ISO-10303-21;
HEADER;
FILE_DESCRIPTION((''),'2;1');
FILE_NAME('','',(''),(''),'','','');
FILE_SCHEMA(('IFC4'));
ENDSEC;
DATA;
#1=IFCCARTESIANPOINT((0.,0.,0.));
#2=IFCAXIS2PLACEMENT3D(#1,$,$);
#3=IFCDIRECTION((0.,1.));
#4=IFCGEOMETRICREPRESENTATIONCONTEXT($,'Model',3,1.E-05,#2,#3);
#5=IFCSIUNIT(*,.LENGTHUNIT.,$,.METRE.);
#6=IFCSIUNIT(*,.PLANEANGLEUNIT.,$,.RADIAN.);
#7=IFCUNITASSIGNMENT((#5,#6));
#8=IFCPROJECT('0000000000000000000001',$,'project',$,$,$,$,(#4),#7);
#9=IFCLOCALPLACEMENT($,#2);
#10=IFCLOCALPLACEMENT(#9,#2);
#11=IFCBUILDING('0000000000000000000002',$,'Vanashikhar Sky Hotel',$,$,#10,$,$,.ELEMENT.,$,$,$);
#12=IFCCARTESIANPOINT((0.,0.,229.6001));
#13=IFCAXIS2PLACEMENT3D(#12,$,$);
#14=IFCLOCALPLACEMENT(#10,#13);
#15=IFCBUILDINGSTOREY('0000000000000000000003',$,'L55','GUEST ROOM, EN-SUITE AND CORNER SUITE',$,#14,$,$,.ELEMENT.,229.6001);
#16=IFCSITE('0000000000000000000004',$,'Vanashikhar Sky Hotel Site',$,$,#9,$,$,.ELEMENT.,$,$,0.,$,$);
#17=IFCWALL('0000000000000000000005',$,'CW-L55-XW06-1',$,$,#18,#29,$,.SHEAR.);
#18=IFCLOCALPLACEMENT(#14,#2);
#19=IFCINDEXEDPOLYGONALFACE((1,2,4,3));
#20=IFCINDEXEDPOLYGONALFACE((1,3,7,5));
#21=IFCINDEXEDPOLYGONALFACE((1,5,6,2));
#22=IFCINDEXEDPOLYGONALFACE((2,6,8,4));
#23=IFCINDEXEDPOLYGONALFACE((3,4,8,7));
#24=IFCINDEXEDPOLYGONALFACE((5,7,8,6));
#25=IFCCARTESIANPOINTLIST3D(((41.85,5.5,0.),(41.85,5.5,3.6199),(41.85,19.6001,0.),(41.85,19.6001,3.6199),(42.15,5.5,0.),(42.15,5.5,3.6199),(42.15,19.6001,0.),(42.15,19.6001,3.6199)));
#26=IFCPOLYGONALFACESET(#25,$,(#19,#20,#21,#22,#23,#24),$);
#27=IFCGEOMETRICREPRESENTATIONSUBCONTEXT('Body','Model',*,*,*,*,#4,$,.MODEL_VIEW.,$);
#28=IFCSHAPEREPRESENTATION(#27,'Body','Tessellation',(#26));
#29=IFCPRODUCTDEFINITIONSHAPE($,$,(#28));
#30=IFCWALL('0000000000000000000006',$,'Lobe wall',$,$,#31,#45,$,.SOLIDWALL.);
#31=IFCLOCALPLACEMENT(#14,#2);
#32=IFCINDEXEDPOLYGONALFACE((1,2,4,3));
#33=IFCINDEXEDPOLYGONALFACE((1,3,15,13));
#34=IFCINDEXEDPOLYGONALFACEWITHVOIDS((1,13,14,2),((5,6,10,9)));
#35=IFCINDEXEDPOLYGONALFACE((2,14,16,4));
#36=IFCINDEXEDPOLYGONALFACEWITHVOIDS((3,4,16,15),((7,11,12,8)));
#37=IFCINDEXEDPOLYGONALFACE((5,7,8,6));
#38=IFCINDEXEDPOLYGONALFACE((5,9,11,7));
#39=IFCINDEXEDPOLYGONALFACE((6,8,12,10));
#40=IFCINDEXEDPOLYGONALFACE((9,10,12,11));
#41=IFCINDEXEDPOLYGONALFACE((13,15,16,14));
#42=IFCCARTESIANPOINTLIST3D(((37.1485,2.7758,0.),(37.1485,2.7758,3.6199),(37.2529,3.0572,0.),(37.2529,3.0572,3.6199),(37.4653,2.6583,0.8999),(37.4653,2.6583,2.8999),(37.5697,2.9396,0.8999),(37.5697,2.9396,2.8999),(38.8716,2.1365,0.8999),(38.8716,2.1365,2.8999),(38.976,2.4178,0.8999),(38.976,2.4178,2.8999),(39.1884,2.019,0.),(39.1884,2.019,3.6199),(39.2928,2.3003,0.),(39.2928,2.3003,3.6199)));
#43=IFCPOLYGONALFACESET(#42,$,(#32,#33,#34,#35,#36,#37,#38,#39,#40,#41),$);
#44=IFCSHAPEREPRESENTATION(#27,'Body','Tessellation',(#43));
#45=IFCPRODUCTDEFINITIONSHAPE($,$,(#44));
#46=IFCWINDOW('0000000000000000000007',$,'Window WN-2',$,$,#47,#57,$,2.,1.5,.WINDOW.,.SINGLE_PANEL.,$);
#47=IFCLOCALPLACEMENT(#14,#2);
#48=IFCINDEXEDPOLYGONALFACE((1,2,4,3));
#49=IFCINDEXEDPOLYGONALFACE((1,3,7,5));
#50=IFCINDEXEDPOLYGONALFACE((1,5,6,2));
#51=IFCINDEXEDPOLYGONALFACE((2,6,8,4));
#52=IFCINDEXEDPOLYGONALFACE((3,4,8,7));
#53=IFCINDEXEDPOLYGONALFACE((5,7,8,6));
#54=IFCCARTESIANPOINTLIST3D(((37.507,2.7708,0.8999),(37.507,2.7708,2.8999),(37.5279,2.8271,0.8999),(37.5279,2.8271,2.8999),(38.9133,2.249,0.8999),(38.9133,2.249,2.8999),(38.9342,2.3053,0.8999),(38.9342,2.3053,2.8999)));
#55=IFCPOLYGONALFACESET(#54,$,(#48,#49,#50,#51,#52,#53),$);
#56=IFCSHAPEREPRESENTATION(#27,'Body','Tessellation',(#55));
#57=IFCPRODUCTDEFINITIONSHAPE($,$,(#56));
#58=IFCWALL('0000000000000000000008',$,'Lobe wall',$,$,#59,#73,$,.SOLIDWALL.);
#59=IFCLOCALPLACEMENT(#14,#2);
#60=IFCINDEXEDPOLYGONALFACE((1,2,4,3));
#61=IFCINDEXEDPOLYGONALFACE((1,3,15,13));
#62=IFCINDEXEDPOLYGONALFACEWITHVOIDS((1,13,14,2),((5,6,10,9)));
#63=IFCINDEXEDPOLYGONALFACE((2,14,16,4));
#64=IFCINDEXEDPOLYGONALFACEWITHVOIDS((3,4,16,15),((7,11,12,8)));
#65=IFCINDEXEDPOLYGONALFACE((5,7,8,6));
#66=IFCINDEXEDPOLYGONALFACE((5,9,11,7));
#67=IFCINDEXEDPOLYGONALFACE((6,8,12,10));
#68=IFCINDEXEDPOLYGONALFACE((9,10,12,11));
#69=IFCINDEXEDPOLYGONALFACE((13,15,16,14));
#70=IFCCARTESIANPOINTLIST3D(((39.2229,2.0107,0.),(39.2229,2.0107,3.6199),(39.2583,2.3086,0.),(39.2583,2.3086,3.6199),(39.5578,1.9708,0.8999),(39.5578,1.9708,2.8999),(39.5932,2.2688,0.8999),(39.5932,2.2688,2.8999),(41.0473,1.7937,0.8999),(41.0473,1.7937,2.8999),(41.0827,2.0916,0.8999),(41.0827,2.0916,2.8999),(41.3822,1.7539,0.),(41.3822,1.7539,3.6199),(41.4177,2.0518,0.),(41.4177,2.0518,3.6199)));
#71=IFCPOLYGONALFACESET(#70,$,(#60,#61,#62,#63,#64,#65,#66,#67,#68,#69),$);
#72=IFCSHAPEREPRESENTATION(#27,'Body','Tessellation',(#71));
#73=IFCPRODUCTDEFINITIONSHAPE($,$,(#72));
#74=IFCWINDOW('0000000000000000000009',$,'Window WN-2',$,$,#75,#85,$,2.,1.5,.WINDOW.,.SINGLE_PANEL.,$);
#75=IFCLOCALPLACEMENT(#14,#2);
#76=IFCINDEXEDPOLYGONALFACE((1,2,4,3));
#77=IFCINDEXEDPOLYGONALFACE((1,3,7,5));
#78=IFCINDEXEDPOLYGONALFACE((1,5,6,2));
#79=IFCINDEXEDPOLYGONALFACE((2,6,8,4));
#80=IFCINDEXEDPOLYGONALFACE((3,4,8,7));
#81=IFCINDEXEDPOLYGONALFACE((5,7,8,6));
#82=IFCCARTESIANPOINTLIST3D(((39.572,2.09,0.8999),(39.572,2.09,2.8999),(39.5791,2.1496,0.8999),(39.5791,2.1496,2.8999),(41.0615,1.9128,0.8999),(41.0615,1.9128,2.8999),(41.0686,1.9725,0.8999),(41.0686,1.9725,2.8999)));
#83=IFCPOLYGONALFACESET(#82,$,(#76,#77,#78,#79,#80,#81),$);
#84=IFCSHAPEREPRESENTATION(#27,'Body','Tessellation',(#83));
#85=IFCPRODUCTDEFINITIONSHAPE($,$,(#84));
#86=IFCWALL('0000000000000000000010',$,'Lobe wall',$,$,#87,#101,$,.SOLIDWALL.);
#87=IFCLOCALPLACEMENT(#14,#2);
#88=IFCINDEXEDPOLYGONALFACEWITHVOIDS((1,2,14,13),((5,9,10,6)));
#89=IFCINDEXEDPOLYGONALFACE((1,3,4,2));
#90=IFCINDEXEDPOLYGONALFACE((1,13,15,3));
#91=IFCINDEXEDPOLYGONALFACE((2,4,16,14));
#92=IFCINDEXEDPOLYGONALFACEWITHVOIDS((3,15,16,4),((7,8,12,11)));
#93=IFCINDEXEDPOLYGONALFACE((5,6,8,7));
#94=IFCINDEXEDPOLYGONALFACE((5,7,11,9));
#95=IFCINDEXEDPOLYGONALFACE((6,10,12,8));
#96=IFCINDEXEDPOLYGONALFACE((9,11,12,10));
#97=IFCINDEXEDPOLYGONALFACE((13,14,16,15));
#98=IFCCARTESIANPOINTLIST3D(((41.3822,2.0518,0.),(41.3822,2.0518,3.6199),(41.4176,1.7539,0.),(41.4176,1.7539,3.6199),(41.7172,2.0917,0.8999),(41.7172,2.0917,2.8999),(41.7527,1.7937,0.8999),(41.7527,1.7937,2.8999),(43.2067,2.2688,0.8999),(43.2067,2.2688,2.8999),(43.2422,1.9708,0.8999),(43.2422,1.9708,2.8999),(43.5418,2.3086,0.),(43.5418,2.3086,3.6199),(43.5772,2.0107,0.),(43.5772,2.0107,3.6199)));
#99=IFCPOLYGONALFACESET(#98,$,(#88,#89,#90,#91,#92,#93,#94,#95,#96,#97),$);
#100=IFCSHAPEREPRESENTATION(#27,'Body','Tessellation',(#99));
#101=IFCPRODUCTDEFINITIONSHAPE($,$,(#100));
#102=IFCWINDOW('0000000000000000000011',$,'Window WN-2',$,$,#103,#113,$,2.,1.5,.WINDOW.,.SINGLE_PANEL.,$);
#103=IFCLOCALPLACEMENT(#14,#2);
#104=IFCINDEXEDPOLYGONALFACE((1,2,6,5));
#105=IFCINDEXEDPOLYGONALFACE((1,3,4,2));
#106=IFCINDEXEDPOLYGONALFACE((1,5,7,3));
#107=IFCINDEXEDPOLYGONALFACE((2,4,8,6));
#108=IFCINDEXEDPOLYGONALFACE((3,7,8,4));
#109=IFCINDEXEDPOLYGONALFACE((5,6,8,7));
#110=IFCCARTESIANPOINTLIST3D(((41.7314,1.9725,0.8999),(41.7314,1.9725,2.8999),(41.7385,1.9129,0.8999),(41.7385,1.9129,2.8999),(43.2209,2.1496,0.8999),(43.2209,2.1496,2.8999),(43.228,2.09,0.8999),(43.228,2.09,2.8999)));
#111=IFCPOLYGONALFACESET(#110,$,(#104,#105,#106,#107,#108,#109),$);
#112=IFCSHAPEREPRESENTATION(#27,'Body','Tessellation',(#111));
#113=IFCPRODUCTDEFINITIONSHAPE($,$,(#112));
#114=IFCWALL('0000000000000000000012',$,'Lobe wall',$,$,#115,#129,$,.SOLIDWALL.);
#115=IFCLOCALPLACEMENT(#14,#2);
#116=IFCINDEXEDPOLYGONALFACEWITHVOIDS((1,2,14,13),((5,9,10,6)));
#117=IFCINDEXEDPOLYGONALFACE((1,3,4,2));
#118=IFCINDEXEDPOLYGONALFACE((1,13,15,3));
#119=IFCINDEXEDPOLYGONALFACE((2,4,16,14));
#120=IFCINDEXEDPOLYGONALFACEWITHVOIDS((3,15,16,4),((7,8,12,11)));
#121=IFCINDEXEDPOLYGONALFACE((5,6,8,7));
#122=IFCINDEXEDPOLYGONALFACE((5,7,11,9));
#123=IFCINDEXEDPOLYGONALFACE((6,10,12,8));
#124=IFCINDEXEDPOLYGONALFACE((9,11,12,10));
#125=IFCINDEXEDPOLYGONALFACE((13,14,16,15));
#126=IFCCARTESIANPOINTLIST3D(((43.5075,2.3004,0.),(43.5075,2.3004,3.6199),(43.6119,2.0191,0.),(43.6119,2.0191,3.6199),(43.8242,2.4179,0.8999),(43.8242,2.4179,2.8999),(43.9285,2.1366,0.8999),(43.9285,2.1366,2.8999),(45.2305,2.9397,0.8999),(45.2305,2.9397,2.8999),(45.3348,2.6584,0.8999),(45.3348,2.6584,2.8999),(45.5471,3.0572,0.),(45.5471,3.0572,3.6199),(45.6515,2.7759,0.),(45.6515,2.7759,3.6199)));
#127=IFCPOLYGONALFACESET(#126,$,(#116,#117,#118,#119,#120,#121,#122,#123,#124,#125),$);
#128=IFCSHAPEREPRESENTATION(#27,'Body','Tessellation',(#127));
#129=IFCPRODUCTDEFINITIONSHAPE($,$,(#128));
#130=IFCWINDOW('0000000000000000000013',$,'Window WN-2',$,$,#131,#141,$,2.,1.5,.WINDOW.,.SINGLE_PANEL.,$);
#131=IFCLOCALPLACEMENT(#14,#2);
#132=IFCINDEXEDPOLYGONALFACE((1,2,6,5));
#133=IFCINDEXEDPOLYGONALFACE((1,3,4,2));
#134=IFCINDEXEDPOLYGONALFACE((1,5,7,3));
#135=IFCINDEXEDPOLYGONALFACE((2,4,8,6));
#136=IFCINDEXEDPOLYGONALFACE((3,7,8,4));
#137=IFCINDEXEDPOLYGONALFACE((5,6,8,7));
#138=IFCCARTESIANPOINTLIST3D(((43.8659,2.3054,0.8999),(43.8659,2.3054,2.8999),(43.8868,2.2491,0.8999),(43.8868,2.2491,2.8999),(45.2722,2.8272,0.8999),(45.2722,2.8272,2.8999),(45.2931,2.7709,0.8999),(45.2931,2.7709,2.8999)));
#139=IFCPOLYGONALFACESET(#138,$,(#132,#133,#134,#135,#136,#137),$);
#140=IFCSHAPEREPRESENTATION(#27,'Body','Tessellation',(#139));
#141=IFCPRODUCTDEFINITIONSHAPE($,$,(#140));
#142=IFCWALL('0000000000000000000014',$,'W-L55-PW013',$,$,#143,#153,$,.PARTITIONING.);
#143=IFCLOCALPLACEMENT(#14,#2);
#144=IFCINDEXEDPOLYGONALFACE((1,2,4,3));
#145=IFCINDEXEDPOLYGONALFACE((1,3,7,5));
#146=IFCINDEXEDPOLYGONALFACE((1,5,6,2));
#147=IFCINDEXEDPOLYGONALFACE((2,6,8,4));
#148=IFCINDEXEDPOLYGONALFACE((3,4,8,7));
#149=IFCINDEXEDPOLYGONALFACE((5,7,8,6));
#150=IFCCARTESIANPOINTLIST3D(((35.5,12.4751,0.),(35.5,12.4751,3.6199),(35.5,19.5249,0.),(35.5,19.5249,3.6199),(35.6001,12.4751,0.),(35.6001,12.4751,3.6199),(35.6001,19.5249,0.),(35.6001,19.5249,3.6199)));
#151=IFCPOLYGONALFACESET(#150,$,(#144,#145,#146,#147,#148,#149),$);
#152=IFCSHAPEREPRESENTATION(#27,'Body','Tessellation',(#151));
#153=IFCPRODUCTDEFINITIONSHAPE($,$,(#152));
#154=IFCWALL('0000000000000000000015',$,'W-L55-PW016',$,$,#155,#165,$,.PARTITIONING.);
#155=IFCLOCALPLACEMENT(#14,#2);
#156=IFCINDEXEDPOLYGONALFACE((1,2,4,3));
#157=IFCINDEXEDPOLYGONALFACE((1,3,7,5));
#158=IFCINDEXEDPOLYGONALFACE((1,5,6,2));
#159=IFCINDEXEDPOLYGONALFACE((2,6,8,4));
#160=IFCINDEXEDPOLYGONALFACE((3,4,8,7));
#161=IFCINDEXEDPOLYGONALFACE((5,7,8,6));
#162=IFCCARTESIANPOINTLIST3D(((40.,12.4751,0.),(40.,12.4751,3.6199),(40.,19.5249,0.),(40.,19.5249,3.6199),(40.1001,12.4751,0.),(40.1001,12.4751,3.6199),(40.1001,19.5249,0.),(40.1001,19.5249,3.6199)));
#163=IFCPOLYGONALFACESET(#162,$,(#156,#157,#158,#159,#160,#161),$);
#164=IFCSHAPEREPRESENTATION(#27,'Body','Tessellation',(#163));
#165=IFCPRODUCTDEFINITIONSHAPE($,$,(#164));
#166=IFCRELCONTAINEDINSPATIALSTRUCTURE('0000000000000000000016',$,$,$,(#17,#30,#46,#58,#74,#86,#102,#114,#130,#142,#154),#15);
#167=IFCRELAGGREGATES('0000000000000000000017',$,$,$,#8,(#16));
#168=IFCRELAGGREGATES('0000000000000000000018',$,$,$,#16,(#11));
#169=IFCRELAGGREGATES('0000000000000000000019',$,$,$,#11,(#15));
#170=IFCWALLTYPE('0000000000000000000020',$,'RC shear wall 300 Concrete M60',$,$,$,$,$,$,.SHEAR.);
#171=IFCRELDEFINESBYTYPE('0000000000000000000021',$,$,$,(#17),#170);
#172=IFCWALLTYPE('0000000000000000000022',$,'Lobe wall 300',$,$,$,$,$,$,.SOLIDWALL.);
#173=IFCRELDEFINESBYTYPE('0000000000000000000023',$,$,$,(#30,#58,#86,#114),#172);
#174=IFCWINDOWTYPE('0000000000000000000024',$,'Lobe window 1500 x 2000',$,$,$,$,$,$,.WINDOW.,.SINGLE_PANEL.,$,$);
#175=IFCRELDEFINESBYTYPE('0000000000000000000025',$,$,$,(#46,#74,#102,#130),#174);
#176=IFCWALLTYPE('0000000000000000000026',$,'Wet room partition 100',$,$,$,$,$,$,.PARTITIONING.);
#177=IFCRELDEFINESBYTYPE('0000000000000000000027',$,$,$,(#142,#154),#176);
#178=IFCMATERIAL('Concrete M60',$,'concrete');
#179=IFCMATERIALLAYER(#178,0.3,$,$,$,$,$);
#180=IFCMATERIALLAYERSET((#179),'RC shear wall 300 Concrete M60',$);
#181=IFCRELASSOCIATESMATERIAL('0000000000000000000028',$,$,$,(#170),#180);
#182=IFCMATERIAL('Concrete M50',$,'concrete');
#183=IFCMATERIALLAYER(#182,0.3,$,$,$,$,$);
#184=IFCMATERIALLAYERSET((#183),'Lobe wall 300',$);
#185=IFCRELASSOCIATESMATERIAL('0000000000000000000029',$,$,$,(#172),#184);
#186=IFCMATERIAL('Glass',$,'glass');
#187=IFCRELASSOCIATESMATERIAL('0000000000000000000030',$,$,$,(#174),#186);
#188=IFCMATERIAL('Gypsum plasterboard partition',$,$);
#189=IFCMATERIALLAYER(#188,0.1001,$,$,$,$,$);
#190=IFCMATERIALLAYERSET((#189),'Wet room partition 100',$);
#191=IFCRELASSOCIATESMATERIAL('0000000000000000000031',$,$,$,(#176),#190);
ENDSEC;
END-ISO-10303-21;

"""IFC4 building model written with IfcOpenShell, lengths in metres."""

from ifc_helpers import new_model, si_unit, direction, frame, frame_2d, origin, place, context, subcontext, project, spatial, rectangle, extrude, source, transform, mapped, material, layer, layer_set, type_object, element, fill, save


model = new_model("IFC4")

# Units and contexts
model_context = context("Model", 3, precision=1e-05, world=origin(), true_north=direction((0.0, 1.0)))
body_context = subcontext(model_context, "Body", "Model", "MODEL_VIEW")
ifc_project = project(units=[si_unit("LENGTHUNIT", "METRE"), si_unit("PLANEANGLEUNIT", "RADIAN")], contexts=[model_context])

# Site, building, storey
site_placement = place(None, origin())
site = spatial("IfcSite", under=ifc_project, at=site_placement, Name="Vanashikhar Sky Hotel Site", CompositionType="ELEMENT", RefElevation=0.0)
building_placement = place(site_placement, origin())
building = spatial("IfcBuilding", under=site, at=building_placement, Name="Vanashikhar Sky Hotel", CompositionType="ELEMENT")
storey_placement = place(building_placement, frame((0.0, 0.0, 229.6001)))
storey = spatial("IfcBuildingStorey", under=building, at=storey_placement, Name="L55", Description="GUEST ROOM, EN-SUITE AND CORNER SUITE", CompositionType="ELEMENT", Elevation=229.6001)

# Wall
ifc_material_1 = material(Name="Concrete M60", Category="concrete")
ifc_layer_1 = layer(ifc_material_1, 0.3)
ifc_layer_set_1 = layer_set([ifc_layer_1], Name="RC shear wall 300 Concrete M60")
wall_type_1 = type_object("IfcWallType", Name="RC shear wall 300 Concrete M60", PredefinedType="SHEAR", material=ifc_layer_set_1)
shared_shape_1 = source(origin(), body_context, "Body", "SweptSolid", [
    extrude(rectangle(XDim=14.1001, YDim=0.3, at=frame_2d((7.05, 0.0))), origin(), (0.0, 0.0, 1.0), 3.6199),
])
wall_1_placement = place(storey_placement, frame((42.0, 5.5, 0.0), z_axis=(0.0, 0.0, 1.0), x_axis=(0.0, 1.0, 0.0)))
element("IfcWall", 1, at=wall_1_placement, inside=storey, type_object=wall_type_1, Name="CW-L55-XW06-1", PredefinedType="SHEAR", context=body_context, shape_type="MappedRepresentation", body=[
    mapped(shared_shape_1, transform((0.0, 0.0, 0.0), scale=1.0)),
])

# Walls, openings, windows
ifc_material_2 = material(Name="Concrete M50", Category="concrete")
ifc_layer_2 = layer(ifc_material_2, 0.3)
ifc_layer_set_2 = layer_set([ifc_layer_2], Name="Lobe wall 300")
wall_type_2 = type_object("IfcWallType", Name="Lobe wall 300", PredefinedType="SOLIDWALL", material=ifc_layer_set_2)
shared_shape_2 = source(origin(), body_context, "Body", "SweptSolid", [
    extrude(rectangle(XDim=2.1758, YDim=0.3, at=frame_2d((1.0879, 0.0))), origin(), (0.0, 0.0, 1.0), 3.6199),
])
wall_2_placement = place(storey_placement, frame((37.2007, 2.9165, 0.0), z_axis=(0.0, 0.0, 1.0), x_axis=(0.937546, -0.347863, 0.0)))
wall_2 = element("IfcWall", 2, at=wall_2_placement, inside=storey, type_object=wall_type_2, Name="Lobe wall", PredefinedType="SOLIDWALL", context=body_context, shape_type="MappedRepresentation", body=[
    mapped(shared_shape_2, transform((0.0, 0.0, 0.0), scale=1.0)),
])
shared_shape_3 = source(origin(), body_context, "Body", "SweptSolid", [
    extrude(rectangle(XDim=1.5, YDim=2.0, at=frame_2d((0.75, 1.0))), frame((0.0, 0.1602, 0.0), z_axis=(0.0, -1.0, 0.0), x_axis=(1.0, 0.0, 0.0)), (0.0, 0.0, 1.0), 0.3201),
])
opening_1_placement = place(wall_2_placement, frame((0.3379, 0.0, 0.8999)))
opening_1 = element("IfcOpeningElement", 3, at=opening_1_placement, cuts=wall_2, PredefinedType="OPENING", context=body_context, shape_type="MappedRepresentation", body=[
    mapped(shared_shape_3, transform((0.0, 0.0, 0.0), scale=1.0)),
])
ifc_material_3 = material(Name="Glass", Category="glass")
window_type = type_object("IfcWindowType", Name="Lobe window 1500 x 2000", PartitioningType="SINGLE_PANEL", PredefinedType="WINDOW", material=ifc_material_3)
shared_shape_4 = source(origin(), body_context, "Body", "SweptSolid", [
    extrude(rectangle(XDim=1.5, YDim=2.0, at=frame_2d((0.75, 1.0))), frame((0.0, 0.03, 0.0), z_axis=(0.0, -1.0, 0.0), x_axis=(1.0, 0.0, 0.0)), (0.0, 0.0, 1.0), 0.0601),
])
window_1_placement = place(opening_1_placement, origin())
window_1 = element("IfcWindow", 4, at=window_1_placement, inside=storey, type_object=window_type, Name="Window WN-2", OverallHeight=2.0, OverallWidth=1.5, PartitioningType="SINGLE_PANEL", PredefinedType="WINDOW", context=body_context, shape_type="MappedRepresentation", body=[
    mapped(shared_shape_4, transform((0.0, 0.0, 0.0), scale=1.0)),
])
fill(opening_1, window_1)
shared_shape_5 = source(origin(), body_context, "Body", "SweptSolid", [
    extrude(rectangle(XDim=2.1746, YDim=0.3, at=frame_2d((1.0874, 0.0))), origin(), (0.0, 0.0, 1.0), 3.6199),
])
wall_3_placement = place(storey_placement, frame((39.2405, 2.1597, 0.0), z_axis=(0.0, 0.0, 1.0), x_axis=(0.993001, -0.118105, 0.0)))
wall_3 = element("IfcWall", 5, at=wall_3_placement, inside=storey, type_object=wall_type_2, Name="Lobe wall", PredefinedType="SOLIDWALL", context=body_context, shape_type="MappedRepresentation", body=[
    mapped(shared_shape_5, transform((0.0, 0.0, 0.0), scale=1.0)),
])
opening_2_placement = place(wall_3_placement, frame((0.3374, 0.0, 0.8999)))
opening_2 = element("IfcOpeningElement", 6, at=opening_2_placement, cuts=wall_3, PredefinedType="OPENING", context=body_context, shape_type="MappedRepresentation", body=[
    mapped(shared_shape_3, transform((0.0, 0.0, 0.0), scale=1.0)),
])
window_2_placement = place(opening_2_placement, origin())
window_2 = element("IfcWindow", 7, at=window_2_placement, inside=storey, type_object=window_type, Name="Window WN-2", OverallHeight=2.0, OverallWidth=1.5, PartitioningType="SINGLE_PANEL", PredefinedType="WINDOW", context=body_context, shape_type="MappedRepresentation", body=[
    mapped(shared_shape_4, transform((0.0, 0.0, 0.0), scale=1.0)),
])
fill(opening_2, window_2)
shared_shape_6 = source(origin(), body_context, "Body", "SweptSolid", [
    extrude(rectangle(XDim=2.1748, YDim=0.3, at=frame_2d((1.0874, 0.0))), origin(), (0.0, 0.0, 1.0), 3.6199),
])
wall_4_placement = place(storey_placement, frame((41.3999, 1.9028, 0.0), z_axis=(0.0, 0.0, 1.0), x_axis=(0.993003, 0.118092, 0.0)))
wall_4 = element("IfcWall", 8, at=wall_4_placement, inside=storey, type_object=wall_type_2, Name="Lobe wall", PredefinedType="SOLIDWALL", context=body_context, shape_type="MappedRepresentation", body=[
    mapped(shared_shape_6, transform((0.0, 0.0, 0.0), scale=1.0)),
])
opening_3_placement = place(wall_4_placement, frame((0.3374, 0.0, 0.8999)))
opening_3 = element("IfcOpeningElement", 9, at=opening_3_placement, cuts=wall_4, PredefinedType="OPENING", context=body_context, shape_type="MappedRepresentation", body=[
    mapped(shared_shape_3, transform((0.0, 0.0, 0.0), scale=1.0)),
])
window_3_placement = place(opening_3_placement, origin())
window_3 = element("IfcWindow", 10, at=window_3_placement, inside=storey, type_object=window_type, Name="Window WN-2", OverallHeight=2.0, OverallWidth=1.5, PartitioningType="SINGLE_PANEL", PredefinedType="WINDOW", context=body_context, shape_type="MappedRepresentation", body=[
    mapped(shared_shape_4, transform((0.0, 0.0, 0.0), scale=1.0)),
])
fill(opening_3, window_3)
shared_shape_7 = source(origin(), body_context, "Body", "SweptSolid", [
    extrude(rectangle(XDim=2.1755, YDim=0.3, at=frame_2d((1.0879, 0.0))), origin(), (0.0, 0.0, 1.0), 3.6199),
])
wall_5_placement = place(storey_placement, frame((43.5596, 2.1597, 0.0), z_axis=(0.0, 0.0, 1.0), x_axis=(0.937532, 0.347899, 0.0)))
wall_5 = element("IfcWall", 11, at=wall_5_placement, inside=storey, type_object=wall_type_2, Name="Lobe wall", PredefinedType="SOLIDWALL", context=body_context, shape_type="MappedRepresentation", body=[
    mapped(shared_shape_7, transform((0.0, 0.0, 0.0), scale=1.0)),
])
opening_4_placement = place(wall_5_placement, frame((0.3379, 0.0, 0.8999)))
opening_4 = element("IfcOpeningElement", 12, at=opening_4_placement, cuts=wall_5, PredefinedType="OPENING", context=body_context, shape_type="MappedRepresentation", body=[
    mapped(shared_shape_3, transform((0.0, 0.0, 0.0), scale=1.0)),
])
window_4_placement = place(opening_4_placement, origin())
window_4 = element("IfcWindow", 13, at=window_4_placement, inside=storey, type_object=window_type, Name="Window WN-2", OverallHeight=2.0, OverallWidth=1.5, PartitioningType="SINGLE_PANEL", PredefinedType="WINDOW", context=body_context, shape_type="MappedRepresentation", body=[
    mapped(shared_shape_4, transform((0.0, 0.0, 0.0), scale=1.0)),
])
fill(opening_4, window_4)

# Walls
ifc_material_4 = material(Name="Gypsum plasterboard partition")
ifc_layer_3 = layer(ifc_material_4, 0.1001)
ifc_layer_set_3 = layer_set([ifc_layer_3], Name="Wet room partition 100")
wall_type_3 = type_object("IfcWallType", Name="Wet room partition 100", PredefinedType="PARTITIONING", material=ifc_layer_set_3)
shared_shape_8 = source(origin(), body_context, "Body", "SweptSolid", [
    extrude(rectangle(XDim=7.0498, YDim=0.1001, at=frame_2d((3.5249, 0.0))), origin(), (0.0, 0.0, 1.0), 3.6199),
])
for number, where, z_axis, x_axis, name in (
    (14, (35.55, 12.4751, 0.0), (0.0, 0.0, 1.0), (0.0, 1.0, 0.0), "W-L55-PW013"),
    (15, (40.05, 12.4751, 0.0), (0.0, 0.0, 1.0), (0.0, 1.0, 0.0), "W-L55-PW016"),
):
    element("IfcWall", number, at=place(storey_placement, frame(where, z_axis=z_axis, x_axis=x_axis)), inside=storey, type_object=wall_type_3, Name=name, PredefinedType="PARTITIONING", context=body_context, shape_type="MappedRepresentation", body=[
        mapped(shared_shape_8, transform((0.0, 0.0, 0.0), scale=1.0)),
    ])

save(model, "model.ifc")
